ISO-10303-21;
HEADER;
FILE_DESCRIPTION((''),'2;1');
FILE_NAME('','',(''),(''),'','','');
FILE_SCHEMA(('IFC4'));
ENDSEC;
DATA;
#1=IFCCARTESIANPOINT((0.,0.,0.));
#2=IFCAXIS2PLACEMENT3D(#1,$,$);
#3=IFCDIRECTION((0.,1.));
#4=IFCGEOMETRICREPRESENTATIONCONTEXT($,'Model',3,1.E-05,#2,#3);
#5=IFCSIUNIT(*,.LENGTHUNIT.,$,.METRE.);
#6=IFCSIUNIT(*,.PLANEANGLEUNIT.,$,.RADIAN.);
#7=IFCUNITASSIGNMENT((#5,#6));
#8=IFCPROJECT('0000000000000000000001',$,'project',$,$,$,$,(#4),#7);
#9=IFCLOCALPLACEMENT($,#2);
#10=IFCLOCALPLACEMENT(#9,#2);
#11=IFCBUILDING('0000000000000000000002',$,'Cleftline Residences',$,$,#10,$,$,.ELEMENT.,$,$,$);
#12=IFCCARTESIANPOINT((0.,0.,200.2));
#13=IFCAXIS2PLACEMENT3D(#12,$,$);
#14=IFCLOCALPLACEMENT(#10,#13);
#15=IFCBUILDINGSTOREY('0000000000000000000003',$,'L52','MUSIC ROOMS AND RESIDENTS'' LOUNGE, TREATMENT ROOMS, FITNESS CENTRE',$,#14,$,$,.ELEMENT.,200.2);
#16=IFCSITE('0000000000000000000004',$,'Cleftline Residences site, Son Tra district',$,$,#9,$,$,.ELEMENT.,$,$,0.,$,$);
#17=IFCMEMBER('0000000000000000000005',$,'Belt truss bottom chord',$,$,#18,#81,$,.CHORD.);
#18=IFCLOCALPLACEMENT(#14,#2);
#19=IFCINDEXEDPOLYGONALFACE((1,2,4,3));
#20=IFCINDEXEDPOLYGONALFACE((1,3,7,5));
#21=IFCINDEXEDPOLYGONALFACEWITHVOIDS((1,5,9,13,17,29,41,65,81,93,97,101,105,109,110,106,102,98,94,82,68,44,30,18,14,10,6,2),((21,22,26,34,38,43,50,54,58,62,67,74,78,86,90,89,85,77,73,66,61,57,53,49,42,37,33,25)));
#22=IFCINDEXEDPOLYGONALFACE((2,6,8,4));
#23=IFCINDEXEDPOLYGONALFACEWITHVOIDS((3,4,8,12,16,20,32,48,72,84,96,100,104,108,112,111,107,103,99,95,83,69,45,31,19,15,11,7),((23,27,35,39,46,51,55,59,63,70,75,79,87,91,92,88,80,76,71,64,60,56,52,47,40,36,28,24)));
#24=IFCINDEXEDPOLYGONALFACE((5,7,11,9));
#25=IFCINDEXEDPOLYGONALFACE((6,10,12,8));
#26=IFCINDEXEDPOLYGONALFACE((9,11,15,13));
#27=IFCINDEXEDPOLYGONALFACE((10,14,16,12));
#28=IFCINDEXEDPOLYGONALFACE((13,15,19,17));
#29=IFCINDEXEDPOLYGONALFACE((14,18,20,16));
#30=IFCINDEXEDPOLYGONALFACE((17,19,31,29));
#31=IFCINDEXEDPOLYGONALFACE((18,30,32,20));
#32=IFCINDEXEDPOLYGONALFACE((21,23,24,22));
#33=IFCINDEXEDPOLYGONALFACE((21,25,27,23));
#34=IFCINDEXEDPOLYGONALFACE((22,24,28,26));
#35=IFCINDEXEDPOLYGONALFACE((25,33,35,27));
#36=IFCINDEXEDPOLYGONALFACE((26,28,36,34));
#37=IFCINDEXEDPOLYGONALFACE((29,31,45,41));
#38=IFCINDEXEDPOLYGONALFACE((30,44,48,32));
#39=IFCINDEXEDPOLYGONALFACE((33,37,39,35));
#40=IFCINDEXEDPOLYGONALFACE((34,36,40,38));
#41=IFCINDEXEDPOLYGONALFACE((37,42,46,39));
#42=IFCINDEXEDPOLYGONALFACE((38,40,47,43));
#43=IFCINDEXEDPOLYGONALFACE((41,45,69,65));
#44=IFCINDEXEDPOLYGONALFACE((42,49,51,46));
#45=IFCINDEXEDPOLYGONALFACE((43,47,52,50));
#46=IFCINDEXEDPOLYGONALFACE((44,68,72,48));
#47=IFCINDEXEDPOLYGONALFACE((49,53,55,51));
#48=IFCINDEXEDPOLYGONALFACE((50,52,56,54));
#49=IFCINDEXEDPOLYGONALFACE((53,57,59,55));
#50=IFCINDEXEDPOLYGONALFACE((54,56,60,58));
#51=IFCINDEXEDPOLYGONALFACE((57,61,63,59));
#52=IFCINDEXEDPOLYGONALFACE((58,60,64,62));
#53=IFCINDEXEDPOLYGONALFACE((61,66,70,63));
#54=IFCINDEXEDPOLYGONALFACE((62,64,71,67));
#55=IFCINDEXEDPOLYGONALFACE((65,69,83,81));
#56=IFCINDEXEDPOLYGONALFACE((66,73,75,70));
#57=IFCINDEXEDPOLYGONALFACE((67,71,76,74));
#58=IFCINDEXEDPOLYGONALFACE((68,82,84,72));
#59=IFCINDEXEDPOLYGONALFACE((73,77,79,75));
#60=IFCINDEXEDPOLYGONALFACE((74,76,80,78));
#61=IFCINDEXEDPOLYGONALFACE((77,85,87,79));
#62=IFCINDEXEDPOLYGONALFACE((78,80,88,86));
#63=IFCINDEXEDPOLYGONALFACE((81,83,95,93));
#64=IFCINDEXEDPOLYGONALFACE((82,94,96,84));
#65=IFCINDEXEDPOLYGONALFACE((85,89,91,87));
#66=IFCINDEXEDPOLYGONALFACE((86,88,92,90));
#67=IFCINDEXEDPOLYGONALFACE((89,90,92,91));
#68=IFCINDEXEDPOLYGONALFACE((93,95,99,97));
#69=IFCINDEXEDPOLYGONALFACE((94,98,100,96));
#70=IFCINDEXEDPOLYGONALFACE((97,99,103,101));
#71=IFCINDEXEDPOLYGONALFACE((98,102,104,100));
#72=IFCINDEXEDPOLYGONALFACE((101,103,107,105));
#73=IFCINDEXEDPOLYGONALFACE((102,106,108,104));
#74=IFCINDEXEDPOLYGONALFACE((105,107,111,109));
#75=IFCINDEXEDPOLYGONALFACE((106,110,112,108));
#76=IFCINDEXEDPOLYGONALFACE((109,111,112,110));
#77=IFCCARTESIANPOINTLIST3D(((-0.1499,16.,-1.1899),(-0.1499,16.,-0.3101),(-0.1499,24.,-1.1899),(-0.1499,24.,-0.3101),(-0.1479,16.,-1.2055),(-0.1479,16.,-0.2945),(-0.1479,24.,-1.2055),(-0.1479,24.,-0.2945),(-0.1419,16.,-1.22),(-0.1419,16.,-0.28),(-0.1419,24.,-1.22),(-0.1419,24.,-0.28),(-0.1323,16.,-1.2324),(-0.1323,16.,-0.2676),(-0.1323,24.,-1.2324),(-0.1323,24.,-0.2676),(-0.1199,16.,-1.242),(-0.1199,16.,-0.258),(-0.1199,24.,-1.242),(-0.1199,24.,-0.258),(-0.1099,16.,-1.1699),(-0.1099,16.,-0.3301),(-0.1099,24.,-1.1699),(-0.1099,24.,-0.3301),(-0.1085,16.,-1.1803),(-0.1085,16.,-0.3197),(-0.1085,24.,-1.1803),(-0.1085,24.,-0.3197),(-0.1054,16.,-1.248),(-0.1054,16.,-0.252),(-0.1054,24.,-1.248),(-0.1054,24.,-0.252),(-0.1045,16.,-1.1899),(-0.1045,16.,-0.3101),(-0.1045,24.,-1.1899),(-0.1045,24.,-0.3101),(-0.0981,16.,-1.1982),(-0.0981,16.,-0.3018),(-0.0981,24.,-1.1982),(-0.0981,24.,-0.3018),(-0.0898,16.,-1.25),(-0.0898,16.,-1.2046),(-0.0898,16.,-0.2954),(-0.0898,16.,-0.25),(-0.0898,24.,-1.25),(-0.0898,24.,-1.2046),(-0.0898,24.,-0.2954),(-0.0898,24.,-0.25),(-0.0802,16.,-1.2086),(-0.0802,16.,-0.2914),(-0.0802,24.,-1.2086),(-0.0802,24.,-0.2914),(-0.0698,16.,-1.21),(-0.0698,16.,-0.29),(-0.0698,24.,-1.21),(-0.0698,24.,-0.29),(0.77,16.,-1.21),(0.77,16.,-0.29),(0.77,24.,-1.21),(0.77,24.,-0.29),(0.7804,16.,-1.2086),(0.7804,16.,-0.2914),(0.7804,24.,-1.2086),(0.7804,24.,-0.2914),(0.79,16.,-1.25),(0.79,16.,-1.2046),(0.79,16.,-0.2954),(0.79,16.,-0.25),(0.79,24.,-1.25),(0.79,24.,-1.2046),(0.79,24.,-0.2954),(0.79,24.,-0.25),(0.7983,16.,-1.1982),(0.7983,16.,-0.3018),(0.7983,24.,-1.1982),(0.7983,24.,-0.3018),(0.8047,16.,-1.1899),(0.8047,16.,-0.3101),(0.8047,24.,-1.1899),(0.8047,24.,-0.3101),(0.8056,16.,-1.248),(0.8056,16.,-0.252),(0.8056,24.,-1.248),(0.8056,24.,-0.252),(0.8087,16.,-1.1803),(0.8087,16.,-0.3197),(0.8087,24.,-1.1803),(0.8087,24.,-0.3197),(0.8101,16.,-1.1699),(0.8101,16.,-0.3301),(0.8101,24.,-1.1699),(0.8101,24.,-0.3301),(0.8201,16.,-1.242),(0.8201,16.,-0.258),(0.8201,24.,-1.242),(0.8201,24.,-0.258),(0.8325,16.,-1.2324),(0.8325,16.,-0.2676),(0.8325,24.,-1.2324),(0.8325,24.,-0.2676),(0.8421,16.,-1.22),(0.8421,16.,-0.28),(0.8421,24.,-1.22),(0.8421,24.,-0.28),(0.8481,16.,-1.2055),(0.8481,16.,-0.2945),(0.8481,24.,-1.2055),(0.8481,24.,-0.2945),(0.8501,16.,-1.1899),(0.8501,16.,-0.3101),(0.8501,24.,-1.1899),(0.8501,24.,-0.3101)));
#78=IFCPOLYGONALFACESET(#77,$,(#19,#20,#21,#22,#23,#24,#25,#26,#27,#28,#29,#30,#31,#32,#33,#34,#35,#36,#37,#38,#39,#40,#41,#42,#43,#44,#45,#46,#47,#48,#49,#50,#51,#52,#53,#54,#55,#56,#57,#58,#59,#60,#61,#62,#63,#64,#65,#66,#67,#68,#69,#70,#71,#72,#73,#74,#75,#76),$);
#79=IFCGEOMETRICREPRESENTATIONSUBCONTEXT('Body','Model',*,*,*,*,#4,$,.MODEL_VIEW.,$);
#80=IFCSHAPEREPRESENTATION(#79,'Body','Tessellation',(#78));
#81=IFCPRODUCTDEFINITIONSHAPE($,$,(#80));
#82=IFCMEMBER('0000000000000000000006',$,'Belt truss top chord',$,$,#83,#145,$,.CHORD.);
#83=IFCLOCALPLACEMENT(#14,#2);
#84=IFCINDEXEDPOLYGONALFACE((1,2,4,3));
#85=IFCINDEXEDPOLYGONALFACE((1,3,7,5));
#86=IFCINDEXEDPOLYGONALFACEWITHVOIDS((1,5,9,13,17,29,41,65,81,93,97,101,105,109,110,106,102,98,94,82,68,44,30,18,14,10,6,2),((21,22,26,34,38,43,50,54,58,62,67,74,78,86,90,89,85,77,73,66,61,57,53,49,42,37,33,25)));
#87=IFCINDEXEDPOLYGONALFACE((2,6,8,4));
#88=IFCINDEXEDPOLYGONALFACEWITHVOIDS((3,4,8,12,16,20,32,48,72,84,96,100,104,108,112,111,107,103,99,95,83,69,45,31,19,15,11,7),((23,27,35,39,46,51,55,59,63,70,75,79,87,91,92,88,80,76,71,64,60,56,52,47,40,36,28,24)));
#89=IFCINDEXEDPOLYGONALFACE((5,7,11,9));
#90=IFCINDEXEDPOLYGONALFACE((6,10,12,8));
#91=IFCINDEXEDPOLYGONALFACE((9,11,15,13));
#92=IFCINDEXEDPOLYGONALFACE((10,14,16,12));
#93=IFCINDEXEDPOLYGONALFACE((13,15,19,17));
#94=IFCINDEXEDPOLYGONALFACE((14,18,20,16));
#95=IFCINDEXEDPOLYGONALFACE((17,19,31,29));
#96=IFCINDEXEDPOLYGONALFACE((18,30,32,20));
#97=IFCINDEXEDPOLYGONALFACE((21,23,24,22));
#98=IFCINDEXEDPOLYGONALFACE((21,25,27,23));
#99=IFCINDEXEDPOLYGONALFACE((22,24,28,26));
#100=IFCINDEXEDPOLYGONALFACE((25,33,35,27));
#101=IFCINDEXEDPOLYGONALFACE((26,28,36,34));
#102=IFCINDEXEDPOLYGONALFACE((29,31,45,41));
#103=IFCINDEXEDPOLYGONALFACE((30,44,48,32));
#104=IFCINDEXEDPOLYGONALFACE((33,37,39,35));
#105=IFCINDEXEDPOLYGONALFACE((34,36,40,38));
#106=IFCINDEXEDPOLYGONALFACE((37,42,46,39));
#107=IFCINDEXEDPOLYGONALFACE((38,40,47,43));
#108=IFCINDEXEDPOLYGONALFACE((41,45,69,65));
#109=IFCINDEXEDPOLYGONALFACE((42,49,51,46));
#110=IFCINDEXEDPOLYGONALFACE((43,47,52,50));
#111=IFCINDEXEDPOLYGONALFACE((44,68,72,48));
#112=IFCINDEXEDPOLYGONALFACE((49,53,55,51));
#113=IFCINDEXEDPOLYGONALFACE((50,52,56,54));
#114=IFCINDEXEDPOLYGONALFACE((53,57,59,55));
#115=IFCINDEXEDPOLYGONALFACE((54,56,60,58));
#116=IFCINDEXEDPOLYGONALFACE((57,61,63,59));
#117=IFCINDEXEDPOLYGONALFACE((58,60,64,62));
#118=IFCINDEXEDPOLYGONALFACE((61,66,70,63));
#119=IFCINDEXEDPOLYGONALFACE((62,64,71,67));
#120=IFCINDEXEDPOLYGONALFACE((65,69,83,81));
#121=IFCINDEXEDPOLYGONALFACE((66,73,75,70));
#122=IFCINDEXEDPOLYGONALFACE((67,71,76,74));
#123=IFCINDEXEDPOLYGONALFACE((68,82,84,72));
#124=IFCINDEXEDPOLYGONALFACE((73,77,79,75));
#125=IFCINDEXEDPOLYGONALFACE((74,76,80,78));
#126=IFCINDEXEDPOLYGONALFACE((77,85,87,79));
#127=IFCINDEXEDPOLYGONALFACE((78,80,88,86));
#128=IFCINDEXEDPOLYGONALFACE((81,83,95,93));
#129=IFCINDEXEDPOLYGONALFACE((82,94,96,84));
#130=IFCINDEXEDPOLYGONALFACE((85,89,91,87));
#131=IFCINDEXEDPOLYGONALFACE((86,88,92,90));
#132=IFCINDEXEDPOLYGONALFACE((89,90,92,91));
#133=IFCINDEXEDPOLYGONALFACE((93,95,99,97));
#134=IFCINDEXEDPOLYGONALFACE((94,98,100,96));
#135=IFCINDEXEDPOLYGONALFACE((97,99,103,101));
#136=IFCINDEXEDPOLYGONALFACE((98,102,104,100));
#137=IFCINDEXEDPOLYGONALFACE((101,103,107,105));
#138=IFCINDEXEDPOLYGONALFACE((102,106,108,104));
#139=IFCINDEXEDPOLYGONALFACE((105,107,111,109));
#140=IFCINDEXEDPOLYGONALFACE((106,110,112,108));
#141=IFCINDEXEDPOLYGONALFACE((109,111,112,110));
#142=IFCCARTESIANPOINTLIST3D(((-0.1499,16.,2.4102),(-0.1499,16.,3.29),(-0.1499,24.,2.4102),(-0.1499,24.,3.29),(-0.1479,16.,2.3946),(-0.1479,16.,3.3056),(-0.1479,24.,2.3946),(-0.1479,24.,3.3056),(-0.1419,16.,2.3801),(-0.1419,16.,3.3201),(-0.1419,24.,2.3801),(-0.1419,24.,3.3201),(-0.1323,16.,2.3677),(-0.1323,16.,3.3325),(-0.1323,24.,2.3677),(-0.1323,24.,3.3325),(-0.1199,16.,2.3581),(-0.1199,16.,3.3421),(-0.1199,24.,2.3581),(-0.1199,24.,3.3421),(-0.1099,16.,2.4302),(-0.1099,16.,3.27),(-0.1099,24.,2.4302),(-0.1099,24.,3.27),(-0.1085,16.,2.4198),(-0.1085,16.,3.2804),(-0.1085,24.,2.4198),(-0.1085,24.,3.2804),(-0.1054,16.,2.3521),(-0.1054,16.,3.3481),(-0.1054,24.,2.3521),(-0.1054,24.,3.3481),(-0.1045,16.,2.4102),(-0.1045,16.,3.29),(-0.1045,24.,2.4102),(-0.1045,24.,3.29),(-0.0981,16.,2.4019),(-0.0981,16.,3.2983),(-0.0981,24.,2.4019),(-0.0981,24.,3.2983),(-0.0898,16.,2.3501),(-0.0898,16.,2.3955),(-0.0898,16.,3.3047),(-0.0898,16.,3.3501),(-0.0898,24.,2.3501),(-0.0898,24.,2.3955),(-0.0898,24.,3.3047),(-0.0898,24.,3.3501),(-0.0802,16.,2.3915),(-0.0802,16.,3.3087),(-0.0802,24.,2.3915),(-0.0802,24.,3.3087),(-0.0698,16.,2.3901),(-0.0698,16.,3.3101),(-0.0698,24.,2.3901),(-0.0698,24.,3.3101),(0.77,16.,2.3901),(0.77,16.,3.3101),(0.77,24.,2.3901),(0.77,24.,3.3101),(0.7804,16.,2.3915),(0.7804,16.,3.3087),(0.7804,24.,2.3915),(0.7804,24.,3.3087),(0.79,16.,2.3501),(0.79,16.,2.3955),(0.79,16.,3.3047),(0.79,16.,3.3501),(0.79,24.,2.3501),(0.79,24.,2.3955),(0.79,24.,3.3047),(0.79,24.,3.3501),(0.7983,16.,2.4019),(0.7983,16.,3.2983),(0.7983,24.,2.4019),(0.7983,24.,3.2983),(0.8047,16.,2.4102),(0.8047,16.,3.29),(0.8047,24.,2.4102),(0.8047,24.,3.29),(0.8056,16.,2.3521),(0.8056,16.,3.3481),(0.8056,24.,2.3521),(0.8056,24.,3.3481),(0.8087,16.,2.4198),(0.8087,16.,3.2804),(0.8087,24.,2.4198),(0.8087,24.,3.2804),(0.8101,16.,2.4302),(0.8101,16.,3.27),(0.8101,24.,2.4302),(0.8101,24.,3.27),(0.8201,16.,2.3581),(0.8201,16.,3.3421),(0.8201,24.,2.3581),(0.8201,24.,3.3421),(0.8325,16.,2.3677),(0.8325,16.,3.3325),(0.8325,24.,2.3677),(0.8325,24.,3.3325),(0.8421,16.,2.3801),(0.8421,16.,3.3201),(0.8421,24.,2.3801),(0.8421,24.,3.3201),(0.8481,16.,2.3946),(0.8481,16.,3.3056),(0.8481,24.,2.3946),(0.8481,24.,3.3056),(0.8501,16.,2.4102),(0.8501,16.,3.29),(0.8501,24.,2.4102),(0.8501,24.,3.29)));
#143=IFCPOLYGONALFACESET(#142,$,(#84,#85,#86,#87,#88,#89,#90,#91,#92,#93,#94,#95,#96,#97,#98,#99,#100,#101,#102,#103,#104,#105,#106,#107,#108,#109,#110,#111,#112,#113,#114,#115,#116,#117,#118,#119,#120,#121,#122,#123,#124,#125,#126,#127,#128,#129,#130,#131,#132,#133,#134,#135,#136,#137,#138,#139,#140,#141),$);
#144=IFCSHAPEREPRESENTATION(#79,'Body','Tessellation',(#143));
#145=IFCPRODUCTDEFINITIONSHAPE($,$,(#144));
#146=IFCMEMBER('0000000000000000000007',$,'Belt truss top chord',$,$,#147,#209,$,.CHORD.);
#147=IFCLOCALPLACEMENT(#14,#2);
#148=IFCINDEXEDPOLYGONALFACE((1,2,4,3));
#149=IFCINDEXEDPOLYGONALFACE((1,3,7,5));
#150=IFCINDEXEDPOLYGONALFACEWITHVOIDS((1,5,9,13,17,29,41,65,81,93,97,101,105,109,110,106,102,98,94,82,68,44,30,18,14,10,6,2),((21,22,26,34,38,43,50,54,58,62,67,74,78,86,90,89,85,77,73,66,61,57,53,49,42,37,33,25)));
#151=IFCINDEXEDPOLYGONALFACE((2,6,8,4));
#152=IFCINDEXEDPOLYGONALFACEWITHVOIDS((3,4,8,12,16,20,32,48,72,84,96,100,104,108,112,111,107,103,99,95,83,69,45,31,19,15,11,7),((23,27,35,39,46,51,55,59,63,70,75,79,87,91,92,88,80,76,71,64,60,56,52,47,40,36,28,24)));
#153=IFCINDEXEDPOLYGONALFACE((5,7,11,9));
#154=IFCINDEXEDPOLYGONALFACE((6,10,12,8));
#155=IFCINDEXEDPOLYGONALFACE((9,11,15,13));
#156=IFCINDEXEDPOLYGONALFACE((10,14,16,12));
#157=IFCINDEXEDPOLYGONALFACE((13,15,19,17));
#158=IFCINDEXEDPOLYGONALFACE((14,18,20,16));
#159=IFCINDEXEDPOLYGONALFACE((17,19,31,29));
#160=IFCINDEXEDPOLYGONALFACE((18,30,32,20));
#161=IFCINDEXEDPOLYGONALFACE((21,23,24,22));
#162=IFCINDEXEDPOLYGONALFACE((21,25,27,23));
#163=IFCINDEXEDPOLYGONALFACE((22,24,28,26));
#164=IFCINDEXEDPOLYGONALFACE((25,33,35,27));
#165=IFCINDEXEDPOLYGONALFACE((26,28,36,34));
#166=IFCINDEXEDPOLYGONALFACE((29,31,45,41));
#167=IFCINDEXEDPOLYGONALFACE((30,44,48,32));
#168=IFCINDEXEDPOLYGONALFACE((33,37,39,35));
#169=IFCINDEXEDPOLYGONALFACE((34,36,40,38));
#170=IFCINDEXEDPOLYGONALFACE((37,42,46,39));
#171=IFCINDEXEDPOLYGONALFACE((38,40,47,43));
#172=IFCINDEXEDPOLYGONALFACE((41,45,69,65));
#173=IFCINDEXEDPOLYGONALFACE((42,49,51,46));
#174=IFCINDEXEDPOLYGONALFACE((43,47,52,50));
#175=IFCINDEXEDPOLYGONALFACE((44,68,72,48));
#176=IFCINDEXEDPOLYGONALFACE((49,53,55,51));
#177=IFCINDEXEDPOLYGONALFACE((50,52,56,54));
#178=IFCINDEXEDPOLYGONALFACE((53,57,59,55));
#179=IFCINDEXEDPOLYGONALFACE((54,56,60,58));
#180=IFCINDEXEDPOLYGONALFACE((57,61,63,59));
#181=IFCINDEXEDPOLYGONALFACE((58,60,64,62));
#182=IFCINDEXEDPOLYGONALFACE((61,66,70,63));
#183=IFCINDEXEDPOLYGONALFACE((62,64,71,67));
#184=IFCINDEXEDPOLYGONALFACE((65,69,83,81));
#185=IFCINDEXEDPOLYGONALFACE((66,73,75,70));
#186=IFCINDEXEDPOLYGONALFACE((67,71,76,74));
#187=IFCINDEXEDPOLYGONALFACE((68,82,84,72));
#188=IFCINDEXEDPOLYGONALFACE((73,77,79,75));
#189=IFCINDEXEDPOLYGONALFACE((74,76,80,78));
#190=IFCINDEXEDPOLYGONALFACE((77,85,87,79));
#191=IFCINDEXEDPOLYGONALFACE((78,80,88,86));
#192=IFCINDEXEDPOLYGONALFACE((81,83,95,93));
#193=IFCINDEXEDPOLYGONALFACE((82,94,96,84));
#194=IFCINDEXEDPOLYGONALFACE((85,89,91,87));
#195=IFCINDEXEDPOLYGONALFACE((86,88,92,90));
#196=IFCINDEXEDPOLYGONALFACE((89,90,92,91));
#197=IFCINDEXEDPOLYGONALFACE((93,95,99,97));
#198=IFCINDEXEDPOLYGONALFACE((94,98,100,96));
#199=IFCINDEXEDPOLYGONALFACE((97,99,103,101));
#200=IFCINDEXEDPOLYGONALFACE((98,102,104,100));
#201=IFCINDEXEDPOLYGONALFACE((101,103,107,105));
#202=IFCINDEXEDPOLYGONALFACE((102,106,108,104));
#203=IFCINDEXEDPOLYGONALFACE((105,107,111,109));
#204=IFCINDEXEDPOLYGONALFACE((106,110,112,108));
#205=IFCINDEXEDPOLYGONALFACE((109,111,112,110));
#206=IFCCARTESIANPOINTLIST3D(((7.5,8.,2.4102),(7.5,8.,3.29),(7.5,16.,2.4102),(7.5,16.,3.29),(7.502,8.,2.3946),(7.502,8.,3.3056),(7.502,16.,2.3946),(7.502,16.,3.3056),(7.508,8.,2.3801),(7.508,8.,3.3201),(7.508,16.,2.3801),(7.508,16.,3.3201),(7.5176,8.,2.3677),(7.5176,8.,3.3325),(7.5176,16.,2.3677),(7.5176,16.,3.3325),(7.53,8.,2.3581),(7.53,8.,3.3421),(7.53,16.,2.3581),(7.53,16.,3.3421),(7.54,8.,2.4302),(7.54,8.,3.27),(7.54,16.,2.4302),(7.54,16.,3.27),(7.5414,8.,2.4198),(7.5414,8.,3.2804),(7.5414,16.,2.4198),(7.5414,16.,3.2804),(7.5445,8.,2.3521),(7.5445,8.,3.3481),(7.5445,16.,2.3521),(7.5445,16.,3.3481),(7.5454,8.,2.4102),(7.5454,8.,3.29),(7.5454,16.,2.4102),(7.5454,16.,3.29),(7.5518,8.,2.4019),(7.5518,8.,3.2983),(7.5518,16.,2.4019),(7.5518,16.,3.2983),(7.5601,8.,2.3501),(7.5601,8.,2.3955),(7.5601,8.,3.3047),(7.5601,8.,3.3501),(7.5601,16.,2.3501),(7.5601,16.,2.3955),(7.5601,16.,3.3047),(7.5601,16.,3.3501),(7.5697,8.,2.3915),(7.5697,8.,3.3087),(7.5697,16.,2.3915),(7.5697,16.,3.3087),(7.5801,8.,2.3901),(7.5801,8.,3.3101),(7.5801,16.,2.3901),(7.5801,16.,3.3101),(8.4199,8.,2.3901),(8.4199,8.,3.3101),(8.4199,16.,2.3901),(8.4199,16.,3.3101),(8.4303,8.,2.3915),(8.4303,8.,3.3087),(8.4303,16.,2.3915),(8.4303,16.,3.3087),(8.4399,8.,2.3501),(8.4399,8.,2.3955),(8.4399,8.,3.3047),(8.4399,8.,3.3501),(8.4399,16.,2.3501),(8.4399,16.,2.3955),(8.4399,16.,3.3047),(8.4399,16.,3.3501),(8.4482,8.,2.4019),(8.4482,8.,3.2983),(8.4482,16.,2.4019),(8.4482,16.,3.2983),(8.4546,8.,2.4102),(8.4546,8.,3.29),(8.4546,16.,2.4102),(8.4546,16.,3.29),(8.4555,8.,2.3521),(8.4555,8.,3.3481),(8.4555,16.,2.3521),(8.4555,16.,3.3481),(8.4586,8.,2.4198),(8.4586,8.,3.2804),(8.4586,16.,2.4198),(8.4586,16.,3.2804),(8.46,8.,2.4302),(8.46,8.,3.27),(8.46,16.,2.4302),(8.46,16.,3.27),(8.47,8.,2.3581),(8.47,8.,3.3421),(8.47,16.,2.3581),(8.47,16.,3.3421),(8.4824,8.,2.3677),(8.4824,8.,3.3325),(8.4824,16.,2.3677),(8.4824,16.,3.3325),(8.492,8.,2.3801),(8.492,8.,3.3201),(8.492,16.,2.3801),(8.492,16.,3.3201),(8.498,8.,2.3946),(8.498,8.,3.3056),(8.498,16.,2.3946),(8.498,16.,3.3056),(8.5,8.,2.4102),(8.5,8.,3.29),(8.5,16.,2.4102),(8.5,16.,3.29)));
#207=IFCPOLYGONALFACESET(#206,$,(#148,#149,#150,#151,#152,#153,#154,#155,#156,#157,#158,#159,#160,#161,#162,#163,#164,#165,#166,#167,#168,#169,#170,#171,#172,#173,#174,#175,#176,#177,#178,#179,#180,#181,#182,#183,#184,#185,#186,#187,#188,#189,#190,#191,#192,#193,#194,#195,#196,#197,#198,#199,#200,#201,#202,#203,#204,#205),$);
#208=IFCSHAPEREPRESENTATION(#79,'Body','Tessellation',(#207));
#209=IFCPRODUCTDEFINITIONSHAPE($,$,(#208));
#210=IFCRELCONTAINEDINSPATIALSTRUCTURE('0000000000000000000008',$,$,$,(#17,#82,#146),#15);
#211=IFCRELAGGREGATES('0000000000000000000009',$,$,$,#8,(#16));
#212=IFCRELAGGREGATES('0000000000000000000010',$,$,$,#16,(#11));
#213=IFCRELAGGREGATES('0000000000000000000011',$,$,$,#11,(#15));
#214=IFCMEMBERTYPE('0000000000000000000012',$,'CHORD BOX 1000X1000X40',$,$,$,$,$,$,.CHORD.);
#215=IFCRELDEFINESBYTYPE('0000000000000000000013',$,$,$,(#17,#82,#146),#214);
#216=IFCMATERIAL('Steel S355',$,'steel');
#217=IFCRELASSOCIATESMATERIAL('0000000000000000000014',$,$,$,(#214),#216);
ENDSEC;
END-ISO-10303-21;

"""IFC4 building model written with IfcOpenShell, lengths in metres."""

from ifc_helpers import new_model, si_unit, direction, frame, origin, origin_2d, place, context, subcontext, project, spatial, hollow_rectangle, extrude, material, material_profile, profile_set, type_object, element, save


model = new_model("IFC4")

# Units and contexts
model_context = context("Model", 3, precision=1e-05, world=origin(), true_north=direction((0.0, 1.0)))
body_context = subcontext(model_context, "Body", "Model", "MODEL_VIEW")
ifc_project = project(units=[si_unit("LENGTHUNIT", "METRE"), si_unit("PLANEANGLEUNIT", "RADIAN")], contexts=[model_context])

# Site, building, storey
site_placement = place(None, origin())
site = spatial("IfcSite", under=ifc_project, at=site_placement, Name="Cleftline Residences site, Son Tra district", CompositionType="ELEMENT", RefElevation=0.0)
building_placement = place(site_placement, origin())
building = spatial("IfcBuilding", under=site, at=building_placement, Name="Cleftline Residences", CompositionType="ELEMENT")
storey_placement = place(building_placement, frame((0.0, 0.0, 200.2)))
storey = spatial("IfcBuildingStorey", under=building, at=storey_placement, Name="L52", Description="MUSIC ROOMS AND RESIDENTS' LOUNGE, TREATMENT ROOMS, FITNESS CENTRE", CompositionType="ELEMENT", Elevation=200.2)

# Members
ifc_material_1 = material(Name="Steel S355", Category="steel")
ifc_material_profile_1 = material_profile(ifc_material_1, hollow_rectangle(XDim=1.0, YDim=1.0, WallThickness=0.04, InnerFilletRadius=0.04, OuterFilletRadius=0.0601, at=origin_2d()))
ifc_profile_set_1 = profile_set([ifc_material_profile_1], Name="Steel S355")
member_type_1 = type_object("IfcMemberType", Name="CHORD BOX 1000X1000X40", PredefinedType="CHORD", material=ifc_profile_set_1)
for number, where, z_axis, x_axis, name in (
    (1, (0.3501, 16.0, -0.75), (0.0, 1.0, 0.0), (-1.0, 0.0, 0.0), "Belt truss bottom chord"),
    (2, (0.3501, 16.0, 2.8501), (0.0, 1.0, 0.0), (-1.0, 0.0, 0.0), "Belt truss top chord"),
    (3, (8.0, 8.0, 2.8501), (0.0, 1.0, 0.0), (-1.0, 0.0, 0.0), "Belt truss top chord"),
):
    element("IfcMember", number, at=place(storey_placement, frame(where, z_axis=z_axis, x_axis=x_axis)), inside=storey, type_object=member_type_1, Name=name, PredefinedType="CHORD", context=body_context, shape_type="SweptSolid", body=[
        extrude(hollow_rectangle(XDim=1.0, YDim=1.0, WallThickness=0.04, InnerFilletRadius=0.04, OuterFilletRadius=0.0601, at=origin_2d()), origin(), (0.0, 0.0, 1.0), 8.0),
    ])

save(model, "model.ifc")
